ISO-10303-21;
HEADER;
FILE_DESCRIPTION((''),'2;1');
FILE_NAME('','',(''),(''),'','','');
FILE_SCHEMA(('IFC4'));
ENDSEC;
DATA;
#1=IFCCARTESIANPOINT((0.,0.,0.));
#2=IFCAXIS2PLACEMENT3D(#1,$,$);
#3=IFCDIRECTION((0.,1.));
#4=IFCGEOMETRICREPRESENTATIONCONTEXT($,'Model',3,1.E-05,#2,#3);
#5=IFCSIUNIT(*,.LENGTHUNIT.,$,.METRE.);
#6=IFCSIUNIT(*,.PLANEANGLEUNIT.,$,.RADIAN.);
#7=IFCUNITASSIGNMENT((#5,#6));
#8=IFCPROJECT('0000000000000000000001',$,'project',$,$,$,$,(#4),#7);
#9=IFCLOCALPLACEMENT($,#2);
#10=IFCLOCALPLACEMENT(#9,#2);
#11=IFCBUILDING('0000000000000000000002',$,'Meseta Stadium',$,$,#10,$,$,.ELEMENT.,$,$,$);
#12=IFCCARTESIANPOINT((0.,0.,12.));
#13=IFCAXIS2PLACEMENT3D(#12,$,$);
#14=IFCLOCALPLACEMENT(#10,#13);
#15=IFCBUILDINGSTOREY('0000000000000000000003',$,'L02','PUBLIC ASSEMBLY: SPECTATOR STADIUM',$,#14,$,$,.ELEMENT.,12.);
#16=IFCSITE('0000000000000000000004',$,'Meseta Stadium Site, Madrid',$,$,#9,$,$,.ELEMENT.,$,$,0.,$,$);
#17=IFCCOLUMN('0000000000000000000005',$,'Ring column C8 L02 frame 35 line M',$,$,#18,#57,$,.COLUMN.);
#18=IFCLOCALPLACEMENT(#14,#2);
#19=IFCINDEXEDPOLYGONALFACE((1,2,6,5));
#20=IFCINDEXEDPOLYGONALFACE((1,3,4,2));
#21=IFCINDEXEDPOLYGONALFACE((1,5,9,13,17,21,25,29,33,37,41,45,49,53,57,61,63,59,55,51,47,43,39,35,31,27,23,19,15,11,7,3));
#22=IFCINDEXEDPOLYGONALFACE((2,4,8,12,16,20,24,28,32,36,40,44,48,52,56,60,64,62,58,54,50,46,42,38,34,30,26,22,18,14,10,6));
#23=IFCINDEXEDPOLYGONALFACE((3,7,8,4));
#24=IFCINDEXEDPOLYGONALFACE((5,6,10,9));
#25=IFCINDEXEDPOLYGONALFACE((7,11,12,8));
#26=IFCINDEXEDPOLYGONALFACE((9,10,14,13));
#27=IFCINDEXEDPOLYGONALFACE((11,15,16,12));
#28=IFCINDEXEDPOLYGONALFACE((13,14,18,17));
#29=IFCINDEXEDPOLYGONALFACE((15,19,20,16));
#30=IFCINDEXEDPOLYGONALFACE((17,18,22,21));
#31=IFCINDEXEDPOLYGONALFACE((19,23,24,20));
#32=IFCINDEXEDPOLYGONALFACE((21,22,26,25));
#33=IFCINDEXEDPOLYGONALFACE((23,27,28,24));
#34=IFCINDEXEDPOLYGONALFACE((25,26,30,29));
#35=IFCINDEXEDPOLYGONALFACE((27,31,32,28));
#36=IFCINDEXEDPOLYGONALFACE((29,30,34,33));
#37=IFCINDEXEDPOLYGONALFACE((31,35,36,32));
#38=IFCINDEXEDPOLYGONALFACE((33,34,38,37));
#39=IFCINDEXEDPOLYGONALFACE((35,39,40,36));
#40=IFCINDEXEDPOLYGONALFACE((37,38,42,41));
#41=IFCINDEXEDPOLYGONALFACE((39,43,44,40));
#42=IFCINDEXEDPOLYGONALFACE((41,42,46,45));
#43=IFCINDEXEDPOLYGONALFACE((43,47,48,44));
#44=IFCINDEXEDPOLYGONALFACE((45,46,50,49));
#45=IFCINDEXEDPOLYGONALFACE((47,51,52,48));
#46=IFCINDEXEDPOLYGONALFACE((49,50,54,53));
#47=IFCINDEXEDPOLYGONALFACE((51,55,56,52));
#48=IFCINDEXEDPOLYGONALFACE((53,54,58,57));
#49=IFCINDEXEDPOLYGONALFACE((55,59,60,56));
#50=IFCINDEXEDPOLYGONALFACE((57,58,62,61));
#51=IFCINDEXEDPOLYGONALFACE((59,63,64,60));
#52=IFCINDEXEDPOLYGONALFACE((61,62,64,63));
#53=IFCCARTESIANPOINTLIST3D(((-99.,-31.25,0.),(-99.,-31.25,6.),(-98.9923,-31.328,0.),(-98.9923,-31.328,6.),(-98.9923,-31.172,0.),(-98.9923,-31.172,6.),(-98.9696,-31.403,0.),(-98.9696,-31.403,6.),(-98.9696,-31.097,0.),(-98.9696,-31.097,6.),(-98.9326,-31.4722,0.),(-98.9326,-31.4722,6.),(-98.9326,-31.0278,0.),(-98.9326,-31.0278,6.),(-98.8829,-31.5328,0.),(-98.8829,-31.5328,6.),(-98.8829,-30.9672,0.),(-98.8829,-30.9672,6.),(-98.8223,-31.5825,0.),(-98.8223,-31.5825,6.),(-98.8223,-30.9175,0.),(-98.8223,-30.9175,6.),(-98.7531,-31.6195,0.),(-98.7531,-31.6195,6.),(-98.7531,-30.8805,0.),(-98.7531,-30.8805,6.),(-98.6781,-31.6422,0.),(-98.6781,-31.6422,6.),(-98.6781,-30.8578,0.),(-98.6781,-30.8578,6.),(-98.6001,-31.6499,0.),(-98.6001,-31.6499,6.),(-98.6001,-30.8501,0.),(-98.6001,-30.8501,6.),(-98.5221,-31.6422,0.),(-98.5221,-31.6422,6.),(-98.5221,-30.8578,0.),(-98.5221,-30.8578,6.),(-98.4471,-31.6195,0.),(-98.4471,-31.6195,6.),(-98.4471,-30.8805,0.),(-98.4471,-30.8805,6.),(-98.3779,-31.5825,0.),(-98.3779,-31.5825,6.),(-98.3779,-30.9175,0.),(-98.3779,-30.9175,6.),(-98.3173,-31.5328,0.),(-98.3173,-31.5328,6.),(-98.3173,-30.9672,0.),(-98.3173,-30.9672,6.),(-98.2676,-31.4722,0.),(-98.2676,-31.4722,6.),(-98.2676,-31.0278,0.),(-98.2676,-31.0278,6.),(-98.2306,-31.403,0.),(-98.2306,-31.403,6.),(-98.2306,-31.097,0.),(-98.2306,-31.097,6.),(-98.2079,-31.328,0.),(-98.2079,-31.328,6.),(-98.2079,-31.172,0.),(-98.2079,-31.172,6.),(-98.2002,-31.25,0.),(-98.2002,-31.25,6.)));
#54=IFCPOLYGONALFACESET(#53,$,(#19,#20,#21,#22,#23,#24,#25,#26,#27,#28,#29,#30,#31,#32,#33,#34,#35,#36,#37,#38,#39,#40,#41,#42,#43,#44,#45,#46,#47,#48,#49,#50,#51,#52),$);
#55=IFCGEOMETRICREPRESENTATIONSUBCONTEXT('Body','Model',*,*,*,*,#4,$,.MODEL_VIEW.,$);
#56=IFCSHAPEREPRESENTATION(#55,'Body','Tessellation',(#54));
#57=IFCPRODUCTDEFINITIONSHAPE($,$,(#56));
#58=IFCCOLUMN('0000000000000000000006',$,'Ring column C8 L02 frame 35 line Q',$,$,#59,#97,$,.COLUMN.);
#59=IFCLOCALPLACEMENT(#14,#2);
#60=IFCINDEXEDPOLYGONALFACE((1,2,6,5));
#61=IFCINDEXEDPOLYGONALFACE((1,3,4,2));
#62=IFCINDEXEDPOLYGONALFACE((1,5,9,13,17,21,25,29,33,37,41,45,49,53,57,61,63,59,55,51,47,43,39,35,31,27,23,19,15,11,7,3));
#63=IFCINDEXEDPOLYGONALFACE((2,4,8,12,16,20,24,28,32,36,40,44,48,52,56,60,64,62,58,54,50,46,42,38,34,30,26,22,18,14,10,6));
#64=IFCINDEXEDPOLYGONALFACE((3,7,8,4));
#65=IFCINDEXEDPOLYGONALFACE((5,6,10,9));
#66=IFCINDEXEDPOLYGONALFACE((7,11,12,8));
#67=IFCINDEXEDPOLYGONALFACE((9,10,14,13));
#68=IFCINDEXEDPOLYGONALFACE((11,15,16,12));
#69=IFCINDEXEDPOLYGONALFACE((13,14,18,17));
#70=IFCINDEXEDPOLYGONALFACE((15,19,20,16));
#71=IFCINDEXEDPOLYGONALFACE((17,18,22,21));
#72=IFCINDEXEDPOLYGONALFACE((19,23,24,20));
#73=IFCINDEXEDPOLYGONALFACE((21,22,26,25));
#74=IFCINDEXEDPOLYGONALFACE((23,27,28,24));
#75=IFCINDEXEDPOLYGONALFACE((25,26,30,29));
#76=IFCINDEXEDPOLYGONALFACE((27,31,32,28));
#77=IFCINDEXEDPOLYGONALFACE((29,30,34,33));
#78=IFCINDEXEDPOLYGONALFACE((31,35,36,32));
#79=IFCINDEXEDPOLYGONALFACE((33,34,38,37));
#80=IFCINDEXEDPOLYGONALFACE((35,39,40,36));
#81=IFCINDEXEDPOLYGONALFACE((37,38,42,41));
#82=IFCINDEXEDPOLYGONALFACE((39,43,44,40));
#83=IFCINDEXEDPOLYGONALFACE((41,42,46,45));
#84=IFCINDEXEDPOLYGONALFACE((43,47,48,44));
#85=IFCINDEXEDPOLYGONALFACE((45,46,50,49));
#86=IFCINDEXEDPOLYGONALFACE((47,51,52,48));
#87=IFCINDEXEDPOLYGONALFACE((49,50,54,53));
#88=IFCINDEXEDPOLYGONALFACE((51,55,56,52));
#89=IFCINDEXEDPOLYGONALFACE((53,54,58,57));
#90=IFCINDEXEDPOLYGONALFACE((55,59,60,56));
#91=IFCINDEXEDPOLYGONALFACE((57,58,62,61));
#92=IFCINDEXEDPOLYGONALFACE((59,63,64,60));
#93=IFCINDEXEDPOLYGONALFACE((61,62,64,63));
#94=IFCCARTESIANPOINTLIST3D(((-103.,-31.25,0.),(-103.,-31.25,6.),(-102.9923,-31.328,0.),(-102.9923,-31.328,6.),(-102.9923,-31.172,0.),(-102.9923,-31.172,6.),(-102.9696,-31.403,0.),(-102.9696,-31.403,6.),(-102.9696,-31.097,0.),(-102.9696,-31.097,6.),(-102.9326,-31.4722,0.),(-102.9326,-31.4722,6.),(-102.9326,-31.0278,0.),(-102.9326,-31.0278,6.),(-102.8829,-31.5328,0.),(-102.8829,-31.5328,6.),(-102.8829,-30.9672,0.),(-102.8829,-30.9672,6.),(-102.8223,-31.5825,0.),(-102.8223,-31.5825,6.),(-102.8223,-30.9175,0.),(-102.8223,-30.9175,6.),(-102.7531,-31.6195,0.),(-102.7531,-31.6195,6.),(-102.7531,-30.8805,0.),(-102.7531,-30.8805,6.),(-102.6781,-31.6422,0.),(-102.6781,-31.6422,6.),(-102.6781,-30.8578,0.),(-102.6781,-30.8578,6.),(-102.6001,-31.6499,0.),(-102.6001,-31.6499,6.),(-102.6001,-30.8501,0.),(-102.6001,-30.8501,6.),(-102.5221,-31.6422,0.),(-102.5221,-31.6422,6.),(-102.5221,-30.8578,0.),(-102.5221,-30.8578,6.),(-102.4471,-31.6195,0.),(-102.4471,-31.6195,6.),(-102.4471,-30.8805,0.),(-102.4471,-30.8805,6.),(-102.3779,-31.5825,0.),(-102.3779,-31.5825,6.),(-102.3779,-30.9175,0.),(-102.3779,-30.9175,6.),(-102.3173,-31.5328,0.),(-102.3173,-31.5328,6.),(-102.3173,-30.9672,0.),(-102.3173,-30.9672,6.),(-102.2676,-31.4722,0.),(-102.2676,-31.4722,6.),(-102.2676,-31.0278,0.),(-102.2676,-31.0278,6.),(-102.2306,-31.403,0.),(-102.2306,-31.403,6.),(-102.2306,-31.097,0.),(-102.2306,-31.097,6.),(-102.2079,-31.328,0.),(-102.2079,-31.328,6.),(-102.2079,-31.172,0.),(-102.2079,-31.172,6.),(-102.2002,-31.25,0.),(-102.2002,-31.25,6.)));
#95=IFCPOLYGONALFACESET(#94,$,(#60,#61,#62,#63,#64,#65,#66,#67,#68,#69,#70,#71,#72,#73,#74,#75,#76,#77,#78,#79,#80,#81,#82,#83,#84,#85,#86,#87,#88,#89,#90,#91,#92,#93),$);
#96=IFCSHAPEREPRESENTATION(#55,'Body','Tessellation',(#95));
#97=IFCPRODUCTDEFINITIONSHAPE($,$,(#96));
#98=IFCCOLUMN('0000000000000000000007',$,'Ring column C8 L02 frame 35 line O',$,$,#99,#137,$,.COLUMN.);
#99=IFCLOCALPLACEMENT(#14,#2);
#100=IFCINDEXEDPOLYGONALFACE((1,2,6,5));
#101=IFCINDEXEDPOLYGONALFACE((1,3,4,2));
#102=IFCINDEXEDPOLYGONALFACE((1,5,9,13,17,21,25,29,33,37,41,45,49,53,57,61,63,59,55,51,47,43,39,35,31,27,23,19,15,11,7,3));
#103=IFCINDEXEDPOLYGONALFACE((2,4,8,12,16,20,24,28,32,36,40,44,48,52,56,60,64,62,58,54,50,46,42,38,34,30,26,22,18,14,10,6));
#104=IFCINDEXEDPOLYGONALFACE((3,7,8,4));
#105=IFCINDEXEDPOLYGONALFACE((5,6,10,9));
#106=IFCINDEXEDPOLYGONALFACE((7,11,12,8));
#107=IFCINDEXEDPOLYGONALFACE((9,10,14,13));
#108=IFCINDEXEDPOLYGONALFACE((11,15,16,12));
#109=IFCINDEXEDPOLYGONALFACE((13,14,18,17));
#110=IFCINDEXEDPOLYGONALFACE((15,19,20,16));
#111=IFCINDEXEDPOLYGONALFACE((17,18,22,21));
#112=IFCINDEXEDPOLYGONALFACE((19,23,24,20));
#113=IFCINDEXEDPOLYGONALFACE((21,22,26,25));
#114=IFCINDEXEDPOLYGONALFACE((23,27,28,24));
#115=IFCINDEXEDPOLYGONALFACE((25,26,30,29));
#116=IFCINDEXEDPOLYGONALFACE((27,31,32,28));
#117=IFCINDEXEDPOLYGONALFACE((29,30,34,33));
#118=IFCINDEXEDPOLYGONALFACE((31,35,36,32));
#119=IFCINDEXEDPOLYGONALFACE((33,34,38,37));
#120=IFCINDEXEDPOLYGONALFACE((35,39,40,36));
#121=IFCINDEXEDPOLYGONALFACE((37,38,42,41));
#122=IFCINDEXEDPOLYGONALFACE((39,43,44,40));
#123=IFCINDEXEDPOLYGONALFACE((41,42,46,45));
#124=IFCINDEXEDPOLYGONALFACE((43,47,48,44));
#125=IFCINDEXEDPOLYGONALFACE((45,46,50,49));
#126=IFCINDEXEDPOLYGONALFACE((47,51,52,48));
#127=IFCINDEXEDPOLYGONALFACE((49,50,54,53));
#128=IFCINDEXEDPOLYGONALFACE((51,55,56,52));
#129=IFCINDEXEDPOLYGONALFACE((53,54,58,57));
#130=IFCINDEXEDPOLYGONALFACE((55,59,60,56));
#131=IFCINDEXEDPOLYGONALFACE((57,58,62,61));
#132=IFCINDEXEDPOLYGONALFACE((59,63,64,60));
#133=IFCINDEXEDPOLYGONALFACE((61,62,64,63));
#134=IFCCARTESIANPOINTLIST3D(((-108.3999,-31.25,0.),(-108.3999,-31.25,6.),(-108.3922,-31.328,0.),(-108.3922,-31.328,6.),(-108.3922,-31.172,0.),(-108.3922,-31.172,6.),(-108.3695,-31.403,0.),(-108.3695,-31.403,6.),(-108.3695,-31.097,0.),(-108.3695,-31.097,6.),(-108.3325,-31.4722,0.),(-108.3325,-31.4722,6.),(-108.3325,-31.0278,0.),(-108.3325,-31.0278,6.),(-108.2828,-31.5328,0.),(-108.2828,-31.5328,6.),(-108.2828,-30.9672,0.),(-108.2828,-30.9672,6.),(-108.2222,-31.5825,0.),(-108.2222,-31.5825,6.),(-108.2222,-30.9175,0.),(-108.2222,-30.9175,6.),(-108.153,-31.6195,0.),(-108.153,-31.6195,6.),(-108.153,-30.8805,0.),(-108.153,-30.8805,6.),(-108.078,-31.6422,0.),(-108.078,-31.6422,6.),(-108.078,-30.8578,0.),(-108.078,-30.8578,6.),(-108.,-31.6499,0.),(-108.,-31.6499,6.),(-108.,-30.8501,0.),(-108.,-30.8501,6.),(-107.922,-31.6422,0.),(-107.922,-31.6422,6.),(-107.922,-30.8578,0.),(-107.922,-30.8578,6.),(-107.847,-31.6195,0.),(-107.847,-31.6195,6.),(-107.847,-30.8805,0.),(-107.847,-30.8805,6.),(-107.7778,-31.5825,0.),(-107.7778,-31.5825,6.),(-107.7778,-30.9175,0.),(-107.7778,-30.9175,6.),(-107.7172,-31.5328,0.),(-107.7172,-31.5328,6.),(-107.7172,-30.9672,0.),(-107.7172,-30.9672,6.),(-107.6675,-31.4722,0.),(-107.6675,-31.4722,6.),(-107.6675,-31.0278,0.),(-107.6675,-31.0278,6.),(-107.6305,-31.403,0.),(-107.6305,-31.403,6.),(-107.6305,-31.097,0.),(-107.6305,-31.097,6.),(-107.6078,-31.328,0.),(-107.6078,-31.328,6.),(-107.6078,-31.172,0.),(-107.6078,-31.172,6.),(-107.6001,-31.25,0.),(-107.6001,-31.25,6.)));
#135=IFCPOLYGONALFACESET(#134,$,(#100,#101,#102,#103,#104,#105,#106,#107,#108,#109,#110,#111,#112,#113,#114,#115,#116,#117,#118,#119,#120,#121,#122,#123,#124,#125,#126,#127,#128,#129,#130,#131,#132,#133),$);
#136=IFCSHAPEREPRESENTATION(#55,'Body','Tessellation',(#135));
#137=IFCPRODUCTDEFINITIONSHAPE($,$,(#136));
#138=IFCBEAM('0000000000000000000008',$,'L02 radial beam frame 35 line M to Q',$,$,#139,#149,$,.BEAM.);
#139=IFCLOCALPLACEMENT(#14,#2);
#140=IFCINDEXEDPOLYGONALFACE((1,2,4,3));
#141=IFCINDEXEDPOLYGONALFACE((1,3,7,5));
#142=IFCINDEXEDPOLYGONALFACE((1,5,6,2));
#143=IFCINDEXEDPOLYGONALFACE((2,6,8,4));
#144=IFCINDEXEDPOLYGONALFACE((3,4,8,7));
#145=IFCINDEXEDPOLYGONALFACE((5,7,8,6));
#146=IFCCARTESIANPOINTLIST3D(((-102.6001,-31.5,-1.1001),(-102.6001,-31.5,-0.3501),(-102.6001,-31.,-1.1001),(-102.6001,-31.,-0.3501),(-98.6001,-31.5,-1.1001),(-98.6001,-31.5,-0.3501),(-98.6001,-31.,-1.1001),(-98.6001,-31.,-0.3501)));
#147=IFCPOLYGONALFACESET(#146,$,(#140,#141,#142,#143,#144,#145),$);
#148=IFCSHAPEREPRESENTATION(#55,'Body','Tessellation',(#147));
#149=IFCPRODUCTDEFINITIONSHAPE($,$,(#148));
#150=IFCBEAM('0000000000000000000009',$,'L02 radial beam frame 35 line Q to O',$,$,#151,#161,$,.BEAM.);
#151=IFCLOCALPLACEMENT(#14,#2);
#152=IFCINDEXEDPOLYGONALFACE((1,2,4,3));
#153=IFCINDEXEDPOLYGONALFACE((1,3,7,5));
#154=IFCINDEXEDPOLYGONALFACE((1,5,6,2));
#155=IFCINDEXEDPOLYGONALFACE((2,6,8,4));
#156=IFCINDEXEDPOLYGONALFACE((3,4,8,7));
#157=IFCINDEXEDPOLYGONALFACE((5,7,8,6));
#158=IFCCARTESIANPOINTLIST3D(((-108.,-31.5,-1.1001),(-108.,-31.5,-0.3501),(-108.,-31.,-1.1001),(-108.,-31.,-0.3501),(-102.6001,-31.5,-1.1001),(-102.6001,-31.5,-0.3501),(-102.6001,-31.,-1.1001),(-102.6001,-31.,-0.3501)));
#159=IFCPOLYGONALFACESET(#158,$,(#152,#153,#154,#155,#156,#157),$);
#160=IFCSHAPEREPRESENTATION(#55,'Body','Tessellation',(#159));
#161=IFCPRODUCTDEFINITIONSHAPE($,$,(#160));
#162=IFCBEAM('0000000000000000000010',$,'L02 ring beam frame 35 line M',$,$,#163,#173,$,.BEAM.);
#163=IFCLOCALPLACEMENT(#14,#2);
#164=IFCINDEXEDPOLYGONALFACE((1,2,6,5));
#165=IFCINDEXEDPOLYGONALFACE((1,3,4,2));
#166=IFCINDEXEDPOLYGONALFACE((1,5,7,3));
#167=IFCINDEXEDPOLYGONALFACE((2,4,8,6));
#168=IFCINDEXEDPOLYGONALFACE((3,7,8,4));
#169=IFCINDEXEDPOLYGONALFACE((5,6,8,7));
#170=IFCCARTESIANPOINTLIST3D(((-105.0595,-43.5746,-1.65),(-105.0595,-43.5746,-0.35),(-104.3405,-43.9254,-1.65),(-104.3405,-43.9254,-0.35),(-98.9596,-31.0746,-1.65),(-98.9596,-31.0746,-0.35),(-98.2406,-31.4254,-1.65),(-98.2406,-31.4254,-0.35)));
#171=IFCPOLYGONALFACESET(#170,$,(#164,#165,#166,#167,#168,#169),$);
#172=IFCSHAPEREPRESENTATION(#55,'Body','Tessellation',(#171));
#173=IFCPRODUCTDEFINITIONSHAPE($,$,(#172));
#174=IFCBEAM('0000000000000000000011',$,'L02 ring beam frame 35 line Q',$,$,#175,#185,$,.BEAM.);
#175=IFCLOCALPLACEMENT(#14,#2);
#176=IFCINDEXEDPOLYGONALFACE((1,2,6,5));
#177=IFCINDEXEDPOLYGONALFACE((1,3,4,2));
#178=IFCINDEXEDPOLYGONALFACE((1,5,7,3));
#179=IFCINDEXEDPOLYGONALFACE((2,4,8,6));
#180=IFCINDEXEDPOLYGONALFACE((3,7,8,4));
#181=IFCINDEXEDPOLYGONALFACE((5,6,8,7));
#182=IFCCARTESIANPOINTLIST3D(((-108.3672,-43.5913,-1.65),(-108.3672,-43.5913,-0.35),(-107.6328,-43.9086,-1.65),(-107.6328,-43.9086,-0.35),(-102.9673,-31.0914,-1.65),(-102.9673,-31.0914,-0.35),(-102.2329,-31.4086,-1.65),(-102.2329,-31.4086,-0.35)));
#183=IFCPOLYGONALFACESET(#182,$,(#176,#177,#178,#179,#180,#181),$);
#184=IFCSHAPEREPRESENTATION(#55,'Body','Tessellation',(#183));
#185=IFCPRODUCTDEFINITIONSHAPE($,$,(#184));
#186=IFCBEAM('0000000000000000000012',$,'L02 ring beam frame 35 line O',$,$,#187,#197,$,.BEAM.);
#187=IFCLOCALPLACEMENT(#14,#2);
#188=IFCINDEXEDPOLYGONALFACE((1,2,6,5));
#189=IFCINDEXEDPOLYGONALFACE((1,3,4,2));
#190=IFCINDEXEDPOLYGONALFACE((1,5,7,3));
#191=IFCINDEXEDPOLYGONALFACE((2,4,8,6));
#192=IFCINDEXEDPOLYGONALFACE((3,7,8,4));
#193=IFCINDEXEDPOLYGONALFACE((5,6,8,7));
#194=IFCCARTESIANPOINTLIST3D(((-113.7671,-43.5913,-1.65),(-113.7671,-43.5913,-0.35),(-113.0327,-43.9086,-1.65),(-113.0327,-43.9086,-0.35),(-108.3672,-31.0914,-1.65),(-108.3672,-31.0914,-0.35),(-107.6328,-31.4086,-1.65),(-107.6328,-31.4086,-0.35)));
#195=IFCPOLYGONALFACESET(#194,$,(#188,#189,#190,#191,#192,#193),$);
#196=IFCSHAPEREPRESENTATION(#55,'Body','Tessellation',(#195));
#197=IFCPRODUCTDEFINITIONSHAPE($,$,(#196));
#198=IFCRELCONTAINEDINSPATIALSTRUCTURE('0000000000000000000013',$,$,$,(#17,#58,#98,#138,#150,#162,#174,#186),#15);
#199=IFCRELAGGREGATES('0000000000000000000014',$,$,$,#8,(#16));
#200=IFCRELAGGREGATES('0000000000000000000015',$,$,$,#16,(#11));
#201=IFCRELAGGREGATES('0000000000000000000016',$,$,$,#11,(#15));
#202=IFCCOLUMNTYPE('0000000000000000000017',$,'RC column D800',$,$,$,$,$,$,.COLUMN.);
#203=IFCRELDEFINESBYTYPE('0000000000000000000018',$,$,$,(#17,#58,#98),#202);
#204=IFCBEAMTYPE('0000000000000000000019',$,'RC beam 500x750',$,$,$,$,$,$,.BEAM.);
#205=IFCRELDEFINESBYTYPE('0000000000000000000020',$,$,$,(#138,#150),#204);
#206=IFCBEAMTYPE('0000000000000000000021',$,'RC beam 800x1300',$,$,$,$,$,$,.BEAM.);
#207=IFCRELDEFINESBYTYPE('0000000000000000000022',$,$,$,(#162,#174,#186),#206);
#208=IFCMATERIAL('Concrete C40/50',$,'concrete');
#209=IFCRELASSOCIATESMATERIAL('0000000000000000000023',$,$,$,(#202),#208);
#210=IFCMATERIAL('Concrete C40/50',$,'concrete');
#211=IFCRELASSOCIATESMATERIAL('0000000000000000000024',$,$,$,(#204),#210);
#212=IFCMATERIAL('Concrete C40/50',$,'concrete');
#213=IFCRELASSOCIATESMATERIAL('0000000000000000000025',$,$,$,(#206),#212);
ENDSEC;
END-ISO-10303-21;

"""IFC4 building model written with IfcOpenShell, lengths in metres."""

from ifc_helpers import new_model, si_unit, direction, frame, origin, origin_2d, place, context, subcontext, project, spatial, rectangle, circle, extrude, material, material_profile, profile_set, type_object, element, save


model = new_model("IFC4")

# Units and contexts
model_context = context("Model", 3, precision=1e-05, world=origin(), true_north=direction((0.0, 1.0)))
body_context = subcontext(model_context, "Body", "Model", "MODEL_VIEW")
ifc_project = project(units=[si_unit("LENGTHUNIT", "METRE"), si_unit("PLANEANGLEUNIT", "RADIAN")], contexts=[model_context])

# Site, building, storey
site_placement = place(None, origin())
site = spatial("IfcSite", under=ifc_project, at=site_placement, Name="Meseta Stadium Site, Madrid", CompositionType="ELEMENT", RefElevation=0.0)
building_placement = place(site_placement, origin())
building = spatial("IfcBuilding", under=site, at=building_placement, Name="Meseta Stadium", CompositionType="ELEMENT")
storey_placement = place(building_placement, frame((0.0, 0.0, 12.0)))
storey = spatial("IfcBuildingStorey", under=building, at=storey_placement, Name="L02", Description="PUBLIC ASSEMBLY: SPECTATOR STADIUM", CompositionType="ELEMENT", Elevation=12.0)

# Columns
ifc_material_1 = material(Name="Concrete C40/50", Category="concrete")
ifc_material_profile_1 = material_profile(ifc_material_1, circle(Radius=0.3999, at=origin_2d()), Name="RC D800")
ifc_profile_set_1 = profile_set([ifc_material_profile_1], Name="Concrete C40/50")
column_type = type_object("IfcColumnType", Name="RC column D800", PredefinedType="COLUMN", material=ifc_profile_set_1)
for number, where, z_axis, x_axis, name in (
    (1, (-98.6001, -31.25, 0.0), (0.0, 0.0, 1.0), (1.0, 0.0, 0.0), "Ring column C8 L02 frame 35 line M"),
    (2, (-102.6001, -31.25, 0.0), (0.0, 0.0, 1.0), (1.0, 0.0, 0.0), "Ring column C8 L02 frame 35 line Q"),
    (3, (-108.0, -31.25, 0.0), (0.0, 0.0, 1.0), (1.0, 0.0, 0.0), "Ring column C8 L02 frame 35 line O"),
):
    element("IfcColumn", number, at=place(storey_placement, frame(where, z_axis=z_axis, x_axis=x_axis)), inside=storey, type_object=column_type, Name=name, PredefinedType="COLUMN", context=body_context, shape_type="SweptSolid", body=[
        extrude(circle(Radius=0.3999, at=origin_2d()), origin(), (0.0, 0.0, 1.0), 6.0),
    ])

# Beams
ifc_material_2 = material(Name="Concrete C40/50", Category="concrete")
ifc_material_profile_2 = material_profile(ifc_material_2, rectangle(XDim=0.5, YDim=0.75, at=origin_2d()), Name="RC 500x750")
ifc_profile_set_2 = profile_set([ifc_material_profile_2], Name="Concrete C40/50")
beam_type_1 = type_object("IfcBeamType", Name="RC beam 500x750", PredefinedType="BEAM", material=ifc_profile_set_2)
beam_1_placement = place(storey_placement, frame((-98.6001, -31.25, -0.7251), z_axis=(-1.0, 0.0, 0.0), x_axis=(0.0, -1.0, 0.0)))
element("IfcBeam", 4, at=beam_1_placement, inside=storey, type_object=beam_type_1, Name="L02 radial beam frame 35 line M to Q", PredefinedType="BEAM", context=body_context, shape_type="SweptSolid", body=[
    extrude(rectangle(XDim=0.5, YDim=0.75, at=origin_2d()), origin(), (0.0, 0.0, 1.0), 4.0),
])
beam_2_placement = place(storey_placement, frame((-102.6001, -31.25, -0.7251), z_axis=(-1.0, 0.0, 0.0), x_axis=(0.0, -1.0, 0.0)))
element("IfcBeam", 5, at=beam_2_placement, inside=storey, type_object=beam_type_1, Name="L02 radial beam frame 35 line Q to O", PredefinedType="BEAM", context=body_context, shape_type="SweptSolid", body=[
    extrude(rectangle(XDim=0.5, YDim=0.75, at=origin_2d()), origin(), (0.0, 0.0, 1.0), 5.3999),
])
ifc_material_3 = material(Name="Concrete C40/50", Category="concrete")
ifc_material_profile_3 = material_profile(ifc_material_3, rectangle(XDim=0.8, YDim=1.3, at=origin_2d()), Name="RC 800x1300")
ifc_profile_set_3 = profile_set([ifc_material_profile_3], Name="Concrete C40/50")
beam_type_2 = type_object("IfcBeamType", Name="RC beam 800x1300", PredefinedType="BEAM", material=ifc_profile_set_3)
beam_3_placement = place(storey_placement, frame((-98.6001, -31.25, -1.0), z_axis=(-0.438557, -0.898703, 0.0), x_axis=(0.898703, -0.438557, 0.0)))
element("IfcBeam", 6, at=beam_3_placement, inside=storey, type_object=beam_type_2, Name="L02 ring beam frame 35 line M", PredefinedType="BEAM", context=body_context, shape_type="SweptSolid", body=[
    extrude(rectangle(XDim=0.8, YDim=1.3, at=origin_2d()), origin(), (0.0, 0.0, 1.0), 13.9089),
])
for number, where, z_axis, x_axis, name in (
    (7, (-102.6001, -31.25, -1.0), (-0.396571, -0.918004, 0.0), (0.918004, -0.396571, 0.0), "L02 ring beam frame 35 line Q"),
    (8, (-108.0, -31.25, -1.0), (-0.396571, -0.918004, 0.0), (0.918004, -0.396571, 0.0), "L02 ring beam frame 35 line O"),
):
    element("IfcBeam", number, at=place(storey_placement, frame(where, z_axis=z_axis, x_axis=x_axis)), inside=storey, type_object=beam_type_2, Name=name, PredefinedType="BEAM", context=body_context, shape_type="SweptSolid", body=[
        extrude(rectangle(XDim=0.8, YDim=1.3, at=origin_2d()), origin(), (0.0, 0.0, 1.0), 13.6165),
    ])

save(model, "model.ifc")
